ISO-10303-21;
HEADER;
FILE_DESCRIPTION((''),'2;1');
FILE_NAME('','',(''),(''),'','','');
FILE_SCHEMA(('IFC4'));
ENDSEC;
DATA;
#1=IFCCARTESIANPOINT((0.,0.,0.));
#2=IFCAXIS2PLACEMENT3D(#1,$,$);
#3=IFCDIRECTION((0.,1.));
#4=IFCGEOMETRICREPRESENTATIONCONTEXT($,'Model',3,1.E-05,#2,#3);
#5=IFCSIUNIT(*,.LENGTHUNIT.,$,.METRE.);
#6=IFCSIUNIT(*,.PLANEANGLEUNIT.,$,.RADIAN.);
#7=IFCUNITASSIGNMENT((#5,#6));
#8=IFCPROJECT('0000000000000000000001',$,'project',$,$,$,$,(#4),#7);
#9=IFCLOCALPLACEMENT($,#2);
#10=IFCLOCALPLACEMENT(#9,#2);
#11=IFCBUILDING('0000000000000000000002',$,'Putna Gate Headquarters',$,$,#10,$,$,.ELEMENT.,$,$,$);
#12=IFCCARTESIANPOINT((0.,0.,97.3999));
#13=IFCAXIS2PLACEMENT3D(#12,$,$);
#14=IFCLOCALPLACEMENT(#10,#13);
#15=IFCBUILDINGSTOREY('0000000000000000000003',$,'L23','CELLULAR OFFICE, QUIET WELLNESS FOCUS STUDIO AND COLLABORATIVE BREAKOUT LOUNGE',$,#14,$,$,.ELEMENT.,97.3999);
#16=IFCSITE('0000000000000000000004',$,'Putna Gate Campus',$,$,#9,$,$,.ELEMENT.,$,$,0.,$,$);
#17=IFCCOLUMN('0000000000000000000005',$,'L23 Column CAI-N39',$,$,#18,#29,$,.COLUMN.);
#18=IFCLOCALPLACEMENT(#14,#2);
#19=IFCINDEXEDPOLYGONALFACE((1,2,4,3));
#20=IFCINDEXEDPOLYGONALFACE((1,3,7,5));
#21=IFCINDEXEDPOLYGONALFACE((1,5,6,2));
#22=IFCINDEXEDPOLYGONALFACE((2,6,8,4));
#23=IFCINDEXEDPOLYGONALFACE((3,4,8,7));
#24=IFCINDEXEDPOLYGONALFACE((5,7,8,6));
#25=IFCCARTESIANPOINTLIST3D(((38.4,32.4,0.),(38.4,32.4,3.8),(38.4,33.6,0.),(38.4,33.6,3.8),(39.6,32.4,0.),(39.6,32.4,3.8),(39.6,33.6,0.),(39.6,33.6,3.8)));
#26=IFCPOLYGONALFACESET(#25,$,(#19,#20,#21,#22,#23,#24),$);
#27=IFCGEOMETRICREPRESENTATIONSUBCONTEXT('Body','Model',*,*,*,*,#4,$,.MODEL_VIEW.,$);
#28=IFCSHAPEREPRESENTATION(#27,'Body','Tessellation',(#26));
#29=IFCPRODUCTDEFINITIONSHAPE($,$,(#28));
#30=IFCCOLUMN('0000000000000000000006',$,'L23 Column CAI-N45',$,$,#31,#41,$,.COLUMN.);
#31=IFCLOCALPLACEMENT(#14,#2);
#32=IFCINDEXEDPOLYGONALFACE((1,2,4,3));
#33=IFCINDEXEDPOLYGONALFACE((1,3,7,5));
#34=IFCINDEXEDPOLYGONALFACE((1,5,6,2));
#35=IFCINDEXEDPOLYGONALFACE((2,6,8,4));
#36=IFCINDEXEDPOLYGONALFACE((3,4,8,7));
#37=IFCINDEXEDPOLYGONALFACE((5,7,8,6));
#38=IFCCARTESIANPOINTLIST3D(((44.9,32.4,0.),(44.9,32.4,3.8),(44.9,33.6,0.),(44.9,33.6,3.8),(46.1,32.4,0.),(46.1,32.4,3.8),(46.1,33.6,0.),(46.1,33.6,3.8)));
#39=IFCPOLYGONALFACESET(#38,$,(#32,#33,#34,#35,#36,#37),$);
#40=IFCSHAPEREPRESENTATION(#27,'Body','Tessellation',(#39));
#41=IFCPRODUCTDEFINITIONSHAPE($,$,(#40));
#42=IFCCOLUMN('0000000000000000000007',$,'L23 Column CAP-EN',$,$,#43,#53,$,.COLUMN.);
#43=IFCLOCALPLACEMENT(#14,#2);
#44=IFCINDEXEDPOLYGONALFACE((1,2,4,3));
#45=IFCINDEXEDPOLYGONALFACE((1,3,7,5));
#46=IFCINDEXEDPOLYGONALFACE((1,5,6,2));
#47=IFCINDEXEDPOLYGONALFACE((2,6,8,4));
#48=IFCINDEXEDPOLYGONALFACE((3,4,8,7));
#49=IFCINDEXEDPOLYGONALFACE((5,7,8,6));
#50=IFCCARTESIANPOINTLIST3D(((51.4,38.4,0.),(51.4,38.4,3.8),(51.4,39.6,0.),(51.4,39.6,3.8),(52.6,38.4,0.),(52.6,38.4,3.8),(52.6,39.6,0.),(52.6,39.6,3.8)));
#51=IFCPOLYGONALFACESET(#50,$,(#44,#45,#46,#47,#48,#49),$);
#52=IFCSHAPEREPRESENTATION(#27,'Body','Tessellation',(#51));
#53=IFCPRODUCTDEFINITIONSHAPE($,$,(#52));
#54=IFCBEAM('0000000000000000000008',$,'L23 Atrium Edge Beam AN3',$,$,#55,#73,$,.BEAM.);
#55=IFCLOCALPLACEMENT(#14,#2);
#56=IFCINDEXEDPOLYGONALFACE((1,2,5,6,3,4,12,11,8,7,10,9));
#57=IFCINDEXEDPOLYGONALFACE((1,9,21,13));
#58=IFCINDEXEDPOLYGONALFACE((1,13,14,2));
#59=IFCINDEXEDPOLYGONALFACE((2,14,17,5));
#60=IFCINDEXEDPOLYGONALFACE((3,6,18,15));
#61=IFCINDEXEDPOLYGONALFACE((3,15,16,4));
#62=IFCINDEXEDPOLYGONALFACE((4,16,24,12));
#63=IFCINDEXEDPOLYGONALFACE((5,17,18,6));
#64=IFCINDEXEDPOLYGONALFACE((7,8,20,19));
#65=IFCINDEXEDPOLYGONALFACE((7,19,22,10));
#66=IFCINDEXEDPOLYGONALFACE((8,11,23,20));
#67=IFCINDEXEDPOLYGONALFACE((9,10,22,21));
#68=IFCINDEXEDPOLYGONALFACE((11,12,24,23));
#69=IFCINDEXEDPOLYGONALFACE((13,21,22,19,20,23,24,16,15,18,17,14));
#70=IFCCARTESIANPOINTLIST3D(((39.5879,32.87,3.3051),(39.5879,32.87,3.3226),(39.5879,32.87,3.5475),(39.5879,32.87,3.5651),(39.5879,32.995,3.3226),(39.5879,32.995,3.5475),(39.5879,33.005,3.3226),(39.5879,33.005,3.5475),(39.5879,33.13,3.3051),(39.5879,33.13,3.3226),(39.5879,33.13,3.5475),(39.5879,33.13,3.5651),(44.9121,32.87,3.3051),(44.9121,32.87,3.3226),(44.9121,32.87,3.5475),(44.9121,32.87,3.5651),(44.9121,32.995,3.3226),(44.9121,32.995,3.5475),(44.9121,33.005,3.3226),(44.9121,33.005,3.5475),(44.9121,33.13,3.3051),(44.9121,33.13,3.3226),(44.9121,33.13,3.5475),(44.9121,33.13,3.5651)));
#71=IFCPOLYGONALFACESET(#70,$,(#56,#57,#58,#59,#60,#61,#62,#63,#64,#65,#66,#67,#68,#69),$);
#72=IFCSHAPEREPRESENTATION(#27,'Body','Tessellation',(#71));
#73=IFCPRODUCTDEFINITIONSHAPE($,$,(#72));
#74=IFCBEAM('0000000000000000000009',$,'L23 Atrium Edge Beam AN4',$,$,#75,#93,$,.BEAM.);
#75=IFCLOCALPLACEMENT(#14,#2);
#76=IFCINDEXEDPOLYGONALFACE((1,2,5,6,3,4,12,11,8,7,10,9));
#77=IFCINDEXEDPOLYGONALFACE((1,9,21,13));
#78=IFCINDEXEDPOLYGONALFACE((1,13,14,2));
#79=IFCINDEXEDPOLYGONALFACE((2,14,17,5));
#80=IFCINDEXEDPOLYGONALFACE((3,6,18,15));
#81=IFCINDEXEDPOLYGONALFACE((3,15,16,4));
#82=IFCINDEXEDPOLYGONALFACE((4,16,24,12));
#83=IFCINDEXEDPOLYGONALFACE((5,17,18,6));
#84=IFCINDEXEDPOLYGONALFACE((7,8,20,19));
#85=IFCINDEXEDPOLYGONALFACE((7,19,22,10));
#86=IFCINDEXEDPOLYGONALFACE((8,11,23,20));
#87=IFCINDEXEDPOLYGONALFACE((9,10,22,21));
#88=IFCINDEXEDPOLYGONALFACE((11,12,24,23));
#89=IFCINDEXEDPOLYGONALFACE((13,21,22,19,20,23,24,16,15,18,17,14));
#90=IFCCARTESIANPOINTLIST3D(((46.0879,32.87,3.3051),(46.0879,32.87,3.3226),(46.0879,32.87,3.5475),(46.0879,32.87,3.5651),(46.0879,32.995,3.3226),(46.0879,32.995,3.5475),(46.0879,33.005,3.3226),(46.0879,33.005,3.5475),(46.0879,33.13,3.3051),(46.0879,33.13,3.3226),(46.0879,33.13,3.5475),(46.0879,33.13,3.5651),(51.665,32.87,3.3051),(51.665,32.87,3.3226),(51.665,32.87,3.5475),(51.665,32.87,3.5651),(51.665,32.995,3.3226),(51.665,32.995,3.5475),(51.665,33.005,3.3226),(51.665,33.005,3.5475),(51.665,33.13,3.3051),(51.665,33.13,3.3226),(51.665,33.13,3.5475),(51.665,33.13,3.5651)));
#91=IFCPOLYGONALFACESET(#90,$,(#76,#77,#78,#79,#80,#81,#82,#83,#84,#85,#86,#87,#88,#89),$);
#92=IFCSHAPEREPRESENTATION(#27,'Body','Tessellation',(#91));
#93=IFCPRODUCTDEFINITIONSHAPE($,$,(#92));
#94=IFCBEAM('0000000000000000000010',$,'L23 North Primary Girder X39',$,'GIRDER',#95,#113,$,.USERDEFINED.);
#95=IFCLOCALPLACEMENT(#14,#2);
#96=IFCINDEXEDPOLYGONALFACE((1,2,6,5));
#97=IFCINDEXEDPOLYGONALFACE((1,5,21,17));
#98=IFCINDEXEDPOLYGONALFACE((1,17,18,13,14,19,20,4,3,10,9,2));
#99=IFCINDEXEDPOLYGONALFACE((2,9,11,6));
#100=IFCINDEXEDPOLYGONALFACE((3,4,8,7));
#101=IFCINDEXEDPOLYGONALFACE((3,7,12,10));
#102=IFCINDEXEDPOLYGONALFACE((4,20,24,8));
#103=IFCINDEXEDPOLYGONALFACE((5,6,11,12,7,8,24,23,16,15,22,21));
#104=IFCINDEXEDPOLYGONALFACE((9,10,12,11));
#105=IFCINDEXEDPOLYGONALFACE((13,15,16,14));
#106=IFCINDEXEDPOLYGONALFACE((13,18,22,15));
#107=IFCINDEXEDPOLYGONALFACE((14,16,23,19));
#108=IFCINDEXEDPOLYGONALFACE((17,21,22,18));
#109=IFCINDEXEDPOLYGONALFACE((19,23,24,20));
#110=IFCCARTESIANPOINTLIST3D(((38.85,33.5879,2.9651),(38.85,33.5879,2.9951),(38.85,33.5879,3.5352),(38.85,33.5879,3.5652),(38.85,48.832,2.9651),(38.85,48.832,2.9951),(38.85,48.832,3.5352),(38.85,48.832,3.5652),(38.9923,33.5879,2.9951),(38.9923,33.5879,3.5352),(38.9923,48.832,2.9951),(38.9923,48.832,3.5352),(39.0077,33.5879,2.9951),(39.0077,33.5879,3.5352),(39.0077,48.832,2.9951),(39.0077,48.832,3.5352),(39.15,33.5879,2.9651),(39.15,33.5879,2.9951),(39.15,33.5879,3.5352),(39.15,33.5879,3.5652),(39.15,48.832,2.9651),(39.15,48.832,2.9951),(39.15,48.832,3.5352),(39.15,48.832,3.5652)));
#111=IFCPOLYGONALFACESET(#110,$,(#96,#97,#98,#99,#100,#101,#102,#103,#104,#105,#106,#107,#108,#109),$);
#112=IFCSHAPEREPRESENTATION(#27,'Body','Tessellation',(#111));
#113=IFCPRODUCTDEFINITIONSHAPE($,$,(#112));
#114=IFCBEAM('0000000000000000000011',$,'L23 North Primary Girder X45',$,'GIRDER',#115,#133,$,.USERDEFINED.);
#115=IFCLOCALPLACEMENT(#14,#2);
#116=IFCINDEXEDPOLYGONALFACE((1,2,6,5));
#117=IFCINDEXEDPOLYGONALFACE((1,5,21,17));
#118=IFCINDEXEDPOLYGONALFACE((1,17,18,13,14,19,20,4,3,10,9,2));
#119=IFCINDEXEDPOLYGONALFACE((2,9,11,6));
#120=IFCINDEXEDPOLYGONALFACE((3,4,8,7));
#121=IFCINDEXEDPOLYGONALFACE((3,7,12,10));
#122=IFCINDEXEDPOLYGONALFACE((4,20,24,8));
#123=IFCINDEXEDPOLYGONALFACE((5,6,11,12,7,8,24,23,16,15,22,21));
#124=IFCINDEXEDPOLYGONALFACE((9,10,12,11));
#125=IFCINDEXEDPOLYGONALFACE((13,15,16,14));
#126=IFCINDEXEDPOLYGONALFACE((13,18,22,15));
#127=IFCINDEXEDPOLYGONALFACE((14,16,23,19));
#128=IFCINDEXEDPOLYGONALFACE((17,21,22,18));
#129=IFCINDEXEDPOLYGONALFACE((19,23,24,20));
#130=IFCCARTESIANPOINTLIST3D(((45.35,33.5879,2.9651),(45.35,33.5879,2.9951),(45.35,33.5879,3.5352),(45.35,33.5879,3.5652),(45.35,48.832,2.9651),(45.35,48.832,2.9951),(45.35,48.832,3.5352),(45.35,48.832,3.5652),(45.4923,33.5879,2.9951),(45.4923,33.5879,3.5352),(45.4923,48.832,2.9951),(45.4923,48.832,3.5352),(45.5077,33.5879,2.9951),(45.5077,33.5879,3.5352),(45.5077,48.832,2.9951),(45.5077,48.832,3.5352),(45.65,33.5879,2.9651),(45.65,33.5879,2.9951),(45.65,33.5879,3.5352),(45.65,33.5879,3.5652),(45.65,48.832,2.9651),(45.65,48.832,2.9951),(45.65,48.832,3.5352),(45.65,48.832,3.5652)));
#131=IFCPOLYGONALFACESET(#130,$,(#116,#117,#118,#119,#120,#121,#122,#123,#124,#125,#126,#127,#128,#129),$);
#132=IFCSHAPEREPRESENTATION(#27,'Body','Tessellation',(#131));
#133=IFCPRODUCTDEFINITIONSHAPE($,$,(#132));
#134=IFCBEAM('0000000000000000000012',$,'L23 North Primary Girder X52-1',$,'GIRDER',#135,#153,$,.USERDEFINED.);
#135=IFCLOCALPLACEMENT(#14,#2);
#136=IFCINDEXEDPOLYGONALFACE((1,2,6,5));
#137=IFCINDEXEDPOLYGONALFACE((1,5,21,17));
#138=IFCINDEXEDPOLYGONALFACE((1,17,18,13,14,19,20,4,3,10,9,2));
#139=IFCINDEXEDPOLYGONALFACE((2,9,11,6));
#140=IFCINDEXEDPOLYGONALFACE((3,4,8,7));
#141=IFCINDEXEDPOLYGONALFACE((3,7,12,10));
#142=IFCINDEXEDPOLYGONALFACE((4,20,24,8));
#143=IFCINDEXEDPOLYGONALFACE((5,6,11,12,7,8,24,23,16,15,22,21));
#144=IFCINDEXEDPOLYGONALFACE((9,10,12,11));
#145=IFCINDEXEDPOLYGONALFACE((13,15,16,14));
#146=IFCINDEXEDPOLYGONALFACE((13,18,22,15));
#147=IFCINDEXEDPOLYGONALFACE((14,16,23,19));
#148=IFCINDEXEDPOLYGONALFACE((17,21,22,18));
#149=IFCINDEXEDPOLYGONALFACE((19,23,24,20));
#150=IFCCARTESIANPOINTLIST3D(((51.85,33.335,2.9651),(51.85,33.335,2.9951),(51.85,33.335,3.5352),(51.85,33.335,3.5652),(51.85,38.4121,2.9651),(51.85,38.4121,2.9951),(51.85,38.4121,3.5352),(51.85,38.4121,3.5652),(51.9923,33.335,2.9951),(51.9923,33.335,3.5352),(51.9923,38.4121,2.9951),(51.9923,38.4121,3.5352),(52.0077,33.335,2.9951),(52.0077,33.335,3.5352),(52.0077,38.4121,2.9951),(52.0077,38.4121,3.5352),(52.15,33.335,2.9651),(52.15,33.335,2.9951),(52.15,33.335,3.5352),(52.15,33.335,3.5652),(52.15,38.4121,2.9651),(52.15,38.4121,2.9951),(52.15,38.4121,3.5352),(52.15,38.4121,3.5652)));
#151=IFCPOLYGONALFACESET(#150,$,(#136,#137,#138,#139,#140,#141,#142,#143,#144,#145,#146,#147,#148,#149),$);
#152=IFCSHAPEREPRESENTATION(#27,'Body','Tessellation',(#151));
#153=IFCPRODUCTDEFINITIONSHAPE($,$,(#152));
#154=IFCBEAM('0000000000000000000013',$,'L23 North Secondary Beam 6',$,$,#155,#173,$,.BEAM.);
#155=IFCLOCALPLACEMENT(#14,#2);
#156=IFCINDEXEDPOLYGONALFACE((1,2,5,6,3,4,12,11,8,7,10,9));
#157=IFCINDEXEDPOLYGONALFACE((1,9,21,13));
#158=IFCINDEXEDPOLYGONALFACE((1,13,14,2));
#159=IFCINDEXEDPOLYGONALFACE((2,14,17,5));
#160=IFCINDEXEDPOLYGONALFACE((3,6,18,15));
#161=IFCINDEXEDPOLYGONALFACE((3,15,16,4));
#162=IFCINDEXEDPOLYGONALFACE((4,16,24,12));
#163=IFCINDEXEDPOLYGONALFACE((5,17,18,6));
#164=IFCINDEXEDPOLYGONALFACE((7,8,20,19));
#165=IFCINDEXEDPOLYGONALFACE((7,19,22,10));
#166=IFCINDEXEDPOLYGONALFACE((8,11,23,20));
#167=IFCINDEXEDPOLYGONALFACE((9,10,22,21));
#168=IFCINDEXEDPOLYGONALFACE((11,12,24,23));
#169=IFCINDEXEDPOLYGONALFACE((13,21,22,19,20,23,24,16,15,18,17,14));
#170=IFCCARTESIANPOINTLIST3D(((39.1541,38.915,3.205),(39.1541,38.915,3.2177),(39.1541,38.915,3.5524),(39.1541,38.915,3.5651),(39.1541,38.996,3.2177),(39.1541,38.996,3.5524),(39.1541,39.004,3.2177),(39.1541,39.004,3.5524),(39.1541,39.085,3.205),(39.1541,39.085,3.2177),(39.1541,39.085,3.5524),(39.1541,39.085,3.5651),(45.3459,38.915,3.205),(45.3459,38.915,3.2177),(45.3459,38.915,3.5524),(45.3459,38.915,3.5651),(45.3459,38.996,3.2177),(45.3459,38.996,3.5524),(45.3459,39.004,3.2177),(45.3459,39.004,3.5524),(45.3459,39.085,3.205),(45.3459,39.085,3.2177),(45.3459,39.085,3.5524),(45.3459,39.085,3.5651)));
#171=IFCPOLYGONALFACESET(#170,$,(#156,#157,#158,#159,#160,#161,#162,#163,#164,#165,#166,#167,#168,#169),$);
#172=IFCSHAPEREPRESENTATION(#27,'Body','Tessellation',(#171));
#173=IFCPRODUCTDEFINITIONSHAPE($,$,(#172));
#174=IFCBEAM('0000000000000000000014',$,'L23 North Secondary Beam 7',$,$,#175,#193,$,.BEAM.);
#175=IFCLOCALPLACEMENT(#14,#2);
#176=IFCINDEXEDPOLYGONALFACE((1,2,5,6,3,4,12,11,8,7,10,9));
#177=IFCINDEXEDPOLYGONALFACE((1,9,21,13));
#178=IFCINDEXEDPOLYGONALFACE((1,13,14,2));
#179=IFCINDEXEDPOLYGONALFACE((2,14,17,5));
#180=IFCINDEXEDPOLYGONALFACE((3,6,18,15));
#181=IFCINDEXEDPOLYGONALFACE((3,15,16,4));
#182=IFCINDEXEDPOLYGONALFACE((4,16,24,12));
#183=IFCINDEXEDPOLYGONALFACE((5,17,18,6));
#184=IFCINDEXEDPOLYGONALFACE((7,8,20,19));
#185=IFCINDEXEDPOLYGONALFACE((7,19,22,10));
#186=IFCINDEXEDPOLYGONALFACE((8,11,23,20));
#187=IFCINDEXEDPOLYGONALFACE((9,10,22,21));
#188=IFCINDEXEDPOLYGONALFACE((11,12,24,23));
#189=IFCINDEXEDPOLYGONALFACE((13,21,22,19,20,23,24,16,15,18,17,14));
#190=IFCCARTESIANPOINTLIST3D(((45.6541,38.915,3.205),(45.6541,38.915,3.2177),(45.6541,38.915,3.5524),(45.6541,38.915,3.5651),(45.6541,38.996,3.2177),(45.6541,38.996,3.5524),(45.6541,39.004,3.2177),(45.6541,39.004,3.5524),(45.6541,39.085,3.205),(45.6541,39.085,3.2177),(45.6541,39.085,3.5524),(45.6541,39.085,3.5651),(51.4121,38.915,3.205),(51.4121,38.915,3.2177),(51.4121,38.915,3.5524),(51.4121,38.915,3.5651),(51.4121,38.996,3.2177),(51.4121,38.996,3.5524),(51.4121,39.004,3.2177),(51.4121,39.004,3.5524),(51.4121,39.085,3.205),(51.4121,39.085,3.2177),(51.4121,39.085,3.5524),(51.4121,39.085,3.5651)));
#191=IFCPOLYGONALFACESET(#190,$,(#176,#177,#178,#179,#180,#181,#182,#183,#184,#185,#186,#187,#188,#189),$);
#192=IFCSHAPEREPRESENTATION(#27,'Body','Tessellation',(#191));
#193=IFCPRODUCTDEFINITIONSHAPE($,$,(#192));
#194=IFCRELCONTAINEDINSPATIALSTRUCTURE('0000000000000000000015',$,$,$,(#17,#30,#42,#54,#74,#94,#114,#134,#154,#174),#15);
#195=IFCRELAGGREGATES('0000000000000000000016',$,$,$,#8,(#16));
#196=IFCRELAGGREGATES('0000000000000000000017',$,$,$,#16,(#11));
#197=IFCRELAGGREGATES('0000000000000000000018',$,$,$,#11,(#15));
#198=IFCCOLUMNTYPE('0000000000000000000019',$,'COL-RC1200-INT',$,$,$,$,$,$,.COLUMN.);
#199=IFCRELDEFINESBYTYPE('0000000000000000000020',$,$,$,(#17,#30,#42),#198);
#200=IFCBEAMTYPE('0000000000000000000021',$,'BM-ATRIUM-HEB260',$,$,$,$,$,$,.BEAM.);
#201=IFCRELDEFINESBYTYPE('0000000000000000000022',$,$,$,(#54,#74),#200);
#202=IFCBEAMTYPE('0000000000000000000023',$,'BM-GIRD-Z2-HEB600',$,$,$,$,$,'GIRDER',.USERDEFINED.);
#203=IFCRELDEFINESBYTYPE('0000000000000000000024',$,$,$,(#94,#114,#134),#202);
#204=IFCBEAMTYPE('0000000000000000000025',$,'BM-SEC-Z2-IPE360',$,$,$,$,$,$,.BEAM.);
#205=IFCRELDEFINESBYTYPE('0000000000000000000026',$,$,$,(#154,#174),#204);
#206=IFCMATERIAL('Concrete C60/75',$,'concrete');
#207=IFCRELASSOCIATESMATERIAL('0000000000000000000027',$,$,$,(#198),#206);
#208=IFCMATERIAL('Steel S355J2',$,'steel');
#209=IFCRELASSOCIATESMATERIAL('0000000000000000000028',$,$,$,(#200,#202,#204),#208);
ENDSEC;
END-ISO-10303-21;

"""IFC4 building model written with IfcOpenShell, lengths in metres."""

from ifc_helpers import new_model, si_unit, direction, frame, origin, origin_2d, place, context, subcontext, project, spatial, rectangle, i_section, extrude, material, material_profile, profile_set, type_object, element, save


model = new_model("IFC4")

# Units and contexts
model_context = context("Model", 3, precision=1e-05, world=origin(), true_north=direction((0.0, 1.0)))
body_context = subcontext(model_context, "Body", "Model", "MODEL_VIEW")
ifc_project = project(units=[si_unit("LENGTHUNIT", "METRE"), si_unit("PLANEANGLEUNIT", "RADIAN")], contexts=[model_context])

# Site, building, storey
site_placement = place(None, origin())
site = spatial("IfcSite", under=ifc_project, at=site_placement, Name="Putna Gate Campus", CompositionType="ELEMENT", RefElevation=0.0)
building_placement = place(site_placement, origin())
building = spatial("IfcBuilding", under=site, at=building_placement, Name="Putna Gate Headquarters", CompositionType="ELEMENT")
storey_placement = place(building_placement, frame((0.0, 0.0, 97.3999)))
storey = spatial("IfcBuildingStorey", under=building, at=storey_placement, Name="L23", Description="CELLULAR OFFICE, QUIET WELLNESS FOCUS STUDIO AND COLLABORATIVE BREAKOUT LOUNGE", CompositionType="ELEMENT", Elevation=97.3999)

# Columns
ifc_material_1 = material(Name="Concrete C60/75", Category="concrete")
ifc_material_profile_1 = material_profile(ifc_material_1, rectangle(XDim=1.2, YDim=1.2, at=origin_2d()), Name="Concrete C60/75")
ifc_profile_set_1 = profile_set([ifc_material_profile_1], Name="Concrete C60/75")
column_type = type_object("IfcColumnType", Name="COL-RC1200-INT", PredefinedType="COLUMN", material=ifc_profile_set_1)
for number, where, z_axis, x_axis, name in (
    (1, (39.0, 33.0, 0.0), (0.0, 0.0, 1.0), (1.0, 0.0, 0.0), "L23 Column CAI-N39"),
    (2, (45.5, 33.0, 0.0), (0.0, 0.0, 1.0), (1.0, 0.0, 0.0), "L23 Column CAI-N45"),
    (3, (52.0, 39.0, 0.0), (0.0, 0.0, 1.0), (1.0, 0.0, 0.0), "L23 Column CAP-EN"),
):
    element("IfcColumn", number, at=place(storey_placement, frame(where, z_axis=z_axis, x_axis=x_axis)), inside=storey, type_object=column_type, Name=name, PredefinedType="COLUMN", context=body_context, shape_type="SweptSolid", body=[
        extrude(rectangle(XDim=1.2, YDim=1.2, at=origin_2d()), origin(), (0.0, 0.0, 1.0), 3.8),
    ])

# Beams
ifc_material_2 = material(Name="Steel S355J2", Category="steel")
ifc_material_profile_2 = material_profile(ifc_material_2, i_section(OverallWidth=0.26, OverallDepth=0.26, WebThickness=0.01, FlangeThickness=0.0176, at=origin_2d()), Name="Steel S355J2")
ifc_profile_set_2 = profile_set([ifc_material_profile_2], Name="Steel S355J2")
beam_type_1 = type_object("IfcBeamType", Name="BM-ATRIUM-HEB260", PredefinedType="BEAM", material=ifc_profile_set_2)
beam_1_placement = place(storey_placement, frame((39.5879, 33.0, 3.4351), z_axis=(1.0, 0.0, 0.0), x_axis=(0.0, 1.0, 0.0)))
element("IfcBeam", 4, at=beam_1_placement, inside=storey, type_object=beam_type_1, Name="L23 Atrium Edge Beam AN3", PredefinedType="BEAM", context=body_context, shape_type="SweptSolid", body=[
    extrude(i_section(OverallWidth=0.26, OverallDepth=0.26, WebThickness=0.01, FlangeThickness=0.0176, at=origin_2d()), origin(), (0.0, 0.0, 1.0), 5.3242),
])
beam_2_placement = place(storey_placement, frame((46.0879, 33.0, 3.4351), z_axis=(1.0, 0.0, 0.0), x_axis=(0.0, 1.0, 0.0)))
element("IfcBeam", 5, at=beam_2_placement, inside=storey, type_object=beam_type_1, Name="L23 Atrium Edge Beam AN4", PredefinedType="BEAM", context=body_context, shape_type="SweptSolid", body=[
    extrude(i_section(OverallWidth=0.26, OverallDepth=0.26, WebThickness=0.01, FlangeThickness=0.0176, at=origin_2d()), origin(), (0.0, 0.0, 1.0), 5.5771),
])
ifc_material_profile_3 = material_profile(ifc_material_2, i_section(OverallWidth=0.3, OverallDepth=0.6001, WebThickness=0.0154, FlangeThickness=0.03, at=origin_2d()), Name="Steel S355J2")
ifc_profile_set_3 = profile_set([ifc_material_profile_3], Name="Steel S355J2")
beam_type_2 = type_object("IfcBeamType", Name="BM-GIRD-Z2-HEB600", ElementType="GIRDER", PredefinedType="USERDEFINED", material=ifc_profile_set_3)
for number, where, z_axis, x_axis, name in (
    (6, (39.0, 33.5879, 3.2651), (0.0, 1.0, 0.0), (-1.0, 0.0, 0.0), "L23 North Primary Girder X39"),
    (7, (45.5, 33.5879, 3.2651), (0.0, 1.0, 0.0), (-1.0, 0.0, 0.0), "L23 North Primary Girder X45"),
):
    element("IfcBeam", number, at=place(storey_placement, frame(where, z_axis=z_axis, x_axis=x_axis)), inside=storey, type_object=beam_type_2, Name=name, ObjectType="GIRDER", PredefinedType="USERDEFINED", context=body_context, shape_type="SweptSolid", body=[
        extrude(i_section(OverallWidth=0.3, OverallDepth=0.6001, WebThickness=0.0154, FlangeThickness=0.03, at=origin_2d()), origin(), (0.0, 0.0, 1.0), 15.2441),
    ])
beam_3_placement = place(storey_placement, frame((52.0, 33.335, 3.2651), z_axis=(0.0, 1.0, 0.0), x_axis=(-1.0, 0.0, 0.0)))
element("IfcBeam", 8, at=beam_3_placement, inside=storey, type_object=beam_type_2, Name="L23 North Primary Girder X52-1", ObjectType="GIRDER", PredefinedType="USERDEFINED", context=body_context, shape_type="SweptSolid", body=[
    extrude(i_section(OverallWidth=0.3, OverallDepth=0.6001, WebThickness=0.0154, FlangeThickness=0.03, at=origin_2d()), origin(), (0.0, 0.0, 1.0), 5.0771),
])
ifc_material_profile_4 = material_profile(ifc_material_2, i_section(OverallWidth=0.1699, OverallDepth=0.3601, WebThickness=0.0081, FlangeThickness=0.0127, at=origin_2d()), Name="Steel S355J2")
ifc_profile_set_4 = profile_set([ifc_material_profile_4], Name="Steel S355J2")
beam_type_3 = type_object("IfcBeamType", Name="BM-SEC-Z2-IPE360", PredefinedType="BEAM", material=ifc_profile_set_4)
beam_4_placement = place(storey_placement, frame((39.1541, 39.0, 3.385), z_axis=(1.0, 0.0, 0.0), x_axis=(0.0, 1.0, 0.0)))
element("IfcBeam", 9, at=beam_4_placement, inside=storey, type_object=beam_type_3, Name="L23 North Secondary Beam 6", PredefinedType="BEAM", context=body_context, shape_type="SweptSolid", body=[
    extrude(i_section(OverallWidth=0.1699, OverallDepth=0.3601, WebThickness=0.0081, FlangeThickness=0.0127, at=origin_2d()), origin(), (0.0, 0.0, 1.0), 6.1919),
])
beam_5_placement = place(storey_placement, frame((45.6541, 39.0, 3.385), z_axis=(1.0, 0.0, 0.0), x_axis=(0.0, 1.0, 0.0)))
element("IfcBeam", 10, at=beam_5_placement, inside=storey, type_object=beam_type_3, Name="L23 North Secondary Beam 7", PredefinedType="BEAM", context=body_context, shape_type="SweptSolid", body=[
    extrude(i_section(OverallWidth=0.1699, OverallDepth=0.3601, WebThickness=0.0081, FlangeThickness=0.0127, at=origin_2d()), origin(), (0.0, 0.0, 1.0), 5.7581),
])

save(model, "model.ifc")
